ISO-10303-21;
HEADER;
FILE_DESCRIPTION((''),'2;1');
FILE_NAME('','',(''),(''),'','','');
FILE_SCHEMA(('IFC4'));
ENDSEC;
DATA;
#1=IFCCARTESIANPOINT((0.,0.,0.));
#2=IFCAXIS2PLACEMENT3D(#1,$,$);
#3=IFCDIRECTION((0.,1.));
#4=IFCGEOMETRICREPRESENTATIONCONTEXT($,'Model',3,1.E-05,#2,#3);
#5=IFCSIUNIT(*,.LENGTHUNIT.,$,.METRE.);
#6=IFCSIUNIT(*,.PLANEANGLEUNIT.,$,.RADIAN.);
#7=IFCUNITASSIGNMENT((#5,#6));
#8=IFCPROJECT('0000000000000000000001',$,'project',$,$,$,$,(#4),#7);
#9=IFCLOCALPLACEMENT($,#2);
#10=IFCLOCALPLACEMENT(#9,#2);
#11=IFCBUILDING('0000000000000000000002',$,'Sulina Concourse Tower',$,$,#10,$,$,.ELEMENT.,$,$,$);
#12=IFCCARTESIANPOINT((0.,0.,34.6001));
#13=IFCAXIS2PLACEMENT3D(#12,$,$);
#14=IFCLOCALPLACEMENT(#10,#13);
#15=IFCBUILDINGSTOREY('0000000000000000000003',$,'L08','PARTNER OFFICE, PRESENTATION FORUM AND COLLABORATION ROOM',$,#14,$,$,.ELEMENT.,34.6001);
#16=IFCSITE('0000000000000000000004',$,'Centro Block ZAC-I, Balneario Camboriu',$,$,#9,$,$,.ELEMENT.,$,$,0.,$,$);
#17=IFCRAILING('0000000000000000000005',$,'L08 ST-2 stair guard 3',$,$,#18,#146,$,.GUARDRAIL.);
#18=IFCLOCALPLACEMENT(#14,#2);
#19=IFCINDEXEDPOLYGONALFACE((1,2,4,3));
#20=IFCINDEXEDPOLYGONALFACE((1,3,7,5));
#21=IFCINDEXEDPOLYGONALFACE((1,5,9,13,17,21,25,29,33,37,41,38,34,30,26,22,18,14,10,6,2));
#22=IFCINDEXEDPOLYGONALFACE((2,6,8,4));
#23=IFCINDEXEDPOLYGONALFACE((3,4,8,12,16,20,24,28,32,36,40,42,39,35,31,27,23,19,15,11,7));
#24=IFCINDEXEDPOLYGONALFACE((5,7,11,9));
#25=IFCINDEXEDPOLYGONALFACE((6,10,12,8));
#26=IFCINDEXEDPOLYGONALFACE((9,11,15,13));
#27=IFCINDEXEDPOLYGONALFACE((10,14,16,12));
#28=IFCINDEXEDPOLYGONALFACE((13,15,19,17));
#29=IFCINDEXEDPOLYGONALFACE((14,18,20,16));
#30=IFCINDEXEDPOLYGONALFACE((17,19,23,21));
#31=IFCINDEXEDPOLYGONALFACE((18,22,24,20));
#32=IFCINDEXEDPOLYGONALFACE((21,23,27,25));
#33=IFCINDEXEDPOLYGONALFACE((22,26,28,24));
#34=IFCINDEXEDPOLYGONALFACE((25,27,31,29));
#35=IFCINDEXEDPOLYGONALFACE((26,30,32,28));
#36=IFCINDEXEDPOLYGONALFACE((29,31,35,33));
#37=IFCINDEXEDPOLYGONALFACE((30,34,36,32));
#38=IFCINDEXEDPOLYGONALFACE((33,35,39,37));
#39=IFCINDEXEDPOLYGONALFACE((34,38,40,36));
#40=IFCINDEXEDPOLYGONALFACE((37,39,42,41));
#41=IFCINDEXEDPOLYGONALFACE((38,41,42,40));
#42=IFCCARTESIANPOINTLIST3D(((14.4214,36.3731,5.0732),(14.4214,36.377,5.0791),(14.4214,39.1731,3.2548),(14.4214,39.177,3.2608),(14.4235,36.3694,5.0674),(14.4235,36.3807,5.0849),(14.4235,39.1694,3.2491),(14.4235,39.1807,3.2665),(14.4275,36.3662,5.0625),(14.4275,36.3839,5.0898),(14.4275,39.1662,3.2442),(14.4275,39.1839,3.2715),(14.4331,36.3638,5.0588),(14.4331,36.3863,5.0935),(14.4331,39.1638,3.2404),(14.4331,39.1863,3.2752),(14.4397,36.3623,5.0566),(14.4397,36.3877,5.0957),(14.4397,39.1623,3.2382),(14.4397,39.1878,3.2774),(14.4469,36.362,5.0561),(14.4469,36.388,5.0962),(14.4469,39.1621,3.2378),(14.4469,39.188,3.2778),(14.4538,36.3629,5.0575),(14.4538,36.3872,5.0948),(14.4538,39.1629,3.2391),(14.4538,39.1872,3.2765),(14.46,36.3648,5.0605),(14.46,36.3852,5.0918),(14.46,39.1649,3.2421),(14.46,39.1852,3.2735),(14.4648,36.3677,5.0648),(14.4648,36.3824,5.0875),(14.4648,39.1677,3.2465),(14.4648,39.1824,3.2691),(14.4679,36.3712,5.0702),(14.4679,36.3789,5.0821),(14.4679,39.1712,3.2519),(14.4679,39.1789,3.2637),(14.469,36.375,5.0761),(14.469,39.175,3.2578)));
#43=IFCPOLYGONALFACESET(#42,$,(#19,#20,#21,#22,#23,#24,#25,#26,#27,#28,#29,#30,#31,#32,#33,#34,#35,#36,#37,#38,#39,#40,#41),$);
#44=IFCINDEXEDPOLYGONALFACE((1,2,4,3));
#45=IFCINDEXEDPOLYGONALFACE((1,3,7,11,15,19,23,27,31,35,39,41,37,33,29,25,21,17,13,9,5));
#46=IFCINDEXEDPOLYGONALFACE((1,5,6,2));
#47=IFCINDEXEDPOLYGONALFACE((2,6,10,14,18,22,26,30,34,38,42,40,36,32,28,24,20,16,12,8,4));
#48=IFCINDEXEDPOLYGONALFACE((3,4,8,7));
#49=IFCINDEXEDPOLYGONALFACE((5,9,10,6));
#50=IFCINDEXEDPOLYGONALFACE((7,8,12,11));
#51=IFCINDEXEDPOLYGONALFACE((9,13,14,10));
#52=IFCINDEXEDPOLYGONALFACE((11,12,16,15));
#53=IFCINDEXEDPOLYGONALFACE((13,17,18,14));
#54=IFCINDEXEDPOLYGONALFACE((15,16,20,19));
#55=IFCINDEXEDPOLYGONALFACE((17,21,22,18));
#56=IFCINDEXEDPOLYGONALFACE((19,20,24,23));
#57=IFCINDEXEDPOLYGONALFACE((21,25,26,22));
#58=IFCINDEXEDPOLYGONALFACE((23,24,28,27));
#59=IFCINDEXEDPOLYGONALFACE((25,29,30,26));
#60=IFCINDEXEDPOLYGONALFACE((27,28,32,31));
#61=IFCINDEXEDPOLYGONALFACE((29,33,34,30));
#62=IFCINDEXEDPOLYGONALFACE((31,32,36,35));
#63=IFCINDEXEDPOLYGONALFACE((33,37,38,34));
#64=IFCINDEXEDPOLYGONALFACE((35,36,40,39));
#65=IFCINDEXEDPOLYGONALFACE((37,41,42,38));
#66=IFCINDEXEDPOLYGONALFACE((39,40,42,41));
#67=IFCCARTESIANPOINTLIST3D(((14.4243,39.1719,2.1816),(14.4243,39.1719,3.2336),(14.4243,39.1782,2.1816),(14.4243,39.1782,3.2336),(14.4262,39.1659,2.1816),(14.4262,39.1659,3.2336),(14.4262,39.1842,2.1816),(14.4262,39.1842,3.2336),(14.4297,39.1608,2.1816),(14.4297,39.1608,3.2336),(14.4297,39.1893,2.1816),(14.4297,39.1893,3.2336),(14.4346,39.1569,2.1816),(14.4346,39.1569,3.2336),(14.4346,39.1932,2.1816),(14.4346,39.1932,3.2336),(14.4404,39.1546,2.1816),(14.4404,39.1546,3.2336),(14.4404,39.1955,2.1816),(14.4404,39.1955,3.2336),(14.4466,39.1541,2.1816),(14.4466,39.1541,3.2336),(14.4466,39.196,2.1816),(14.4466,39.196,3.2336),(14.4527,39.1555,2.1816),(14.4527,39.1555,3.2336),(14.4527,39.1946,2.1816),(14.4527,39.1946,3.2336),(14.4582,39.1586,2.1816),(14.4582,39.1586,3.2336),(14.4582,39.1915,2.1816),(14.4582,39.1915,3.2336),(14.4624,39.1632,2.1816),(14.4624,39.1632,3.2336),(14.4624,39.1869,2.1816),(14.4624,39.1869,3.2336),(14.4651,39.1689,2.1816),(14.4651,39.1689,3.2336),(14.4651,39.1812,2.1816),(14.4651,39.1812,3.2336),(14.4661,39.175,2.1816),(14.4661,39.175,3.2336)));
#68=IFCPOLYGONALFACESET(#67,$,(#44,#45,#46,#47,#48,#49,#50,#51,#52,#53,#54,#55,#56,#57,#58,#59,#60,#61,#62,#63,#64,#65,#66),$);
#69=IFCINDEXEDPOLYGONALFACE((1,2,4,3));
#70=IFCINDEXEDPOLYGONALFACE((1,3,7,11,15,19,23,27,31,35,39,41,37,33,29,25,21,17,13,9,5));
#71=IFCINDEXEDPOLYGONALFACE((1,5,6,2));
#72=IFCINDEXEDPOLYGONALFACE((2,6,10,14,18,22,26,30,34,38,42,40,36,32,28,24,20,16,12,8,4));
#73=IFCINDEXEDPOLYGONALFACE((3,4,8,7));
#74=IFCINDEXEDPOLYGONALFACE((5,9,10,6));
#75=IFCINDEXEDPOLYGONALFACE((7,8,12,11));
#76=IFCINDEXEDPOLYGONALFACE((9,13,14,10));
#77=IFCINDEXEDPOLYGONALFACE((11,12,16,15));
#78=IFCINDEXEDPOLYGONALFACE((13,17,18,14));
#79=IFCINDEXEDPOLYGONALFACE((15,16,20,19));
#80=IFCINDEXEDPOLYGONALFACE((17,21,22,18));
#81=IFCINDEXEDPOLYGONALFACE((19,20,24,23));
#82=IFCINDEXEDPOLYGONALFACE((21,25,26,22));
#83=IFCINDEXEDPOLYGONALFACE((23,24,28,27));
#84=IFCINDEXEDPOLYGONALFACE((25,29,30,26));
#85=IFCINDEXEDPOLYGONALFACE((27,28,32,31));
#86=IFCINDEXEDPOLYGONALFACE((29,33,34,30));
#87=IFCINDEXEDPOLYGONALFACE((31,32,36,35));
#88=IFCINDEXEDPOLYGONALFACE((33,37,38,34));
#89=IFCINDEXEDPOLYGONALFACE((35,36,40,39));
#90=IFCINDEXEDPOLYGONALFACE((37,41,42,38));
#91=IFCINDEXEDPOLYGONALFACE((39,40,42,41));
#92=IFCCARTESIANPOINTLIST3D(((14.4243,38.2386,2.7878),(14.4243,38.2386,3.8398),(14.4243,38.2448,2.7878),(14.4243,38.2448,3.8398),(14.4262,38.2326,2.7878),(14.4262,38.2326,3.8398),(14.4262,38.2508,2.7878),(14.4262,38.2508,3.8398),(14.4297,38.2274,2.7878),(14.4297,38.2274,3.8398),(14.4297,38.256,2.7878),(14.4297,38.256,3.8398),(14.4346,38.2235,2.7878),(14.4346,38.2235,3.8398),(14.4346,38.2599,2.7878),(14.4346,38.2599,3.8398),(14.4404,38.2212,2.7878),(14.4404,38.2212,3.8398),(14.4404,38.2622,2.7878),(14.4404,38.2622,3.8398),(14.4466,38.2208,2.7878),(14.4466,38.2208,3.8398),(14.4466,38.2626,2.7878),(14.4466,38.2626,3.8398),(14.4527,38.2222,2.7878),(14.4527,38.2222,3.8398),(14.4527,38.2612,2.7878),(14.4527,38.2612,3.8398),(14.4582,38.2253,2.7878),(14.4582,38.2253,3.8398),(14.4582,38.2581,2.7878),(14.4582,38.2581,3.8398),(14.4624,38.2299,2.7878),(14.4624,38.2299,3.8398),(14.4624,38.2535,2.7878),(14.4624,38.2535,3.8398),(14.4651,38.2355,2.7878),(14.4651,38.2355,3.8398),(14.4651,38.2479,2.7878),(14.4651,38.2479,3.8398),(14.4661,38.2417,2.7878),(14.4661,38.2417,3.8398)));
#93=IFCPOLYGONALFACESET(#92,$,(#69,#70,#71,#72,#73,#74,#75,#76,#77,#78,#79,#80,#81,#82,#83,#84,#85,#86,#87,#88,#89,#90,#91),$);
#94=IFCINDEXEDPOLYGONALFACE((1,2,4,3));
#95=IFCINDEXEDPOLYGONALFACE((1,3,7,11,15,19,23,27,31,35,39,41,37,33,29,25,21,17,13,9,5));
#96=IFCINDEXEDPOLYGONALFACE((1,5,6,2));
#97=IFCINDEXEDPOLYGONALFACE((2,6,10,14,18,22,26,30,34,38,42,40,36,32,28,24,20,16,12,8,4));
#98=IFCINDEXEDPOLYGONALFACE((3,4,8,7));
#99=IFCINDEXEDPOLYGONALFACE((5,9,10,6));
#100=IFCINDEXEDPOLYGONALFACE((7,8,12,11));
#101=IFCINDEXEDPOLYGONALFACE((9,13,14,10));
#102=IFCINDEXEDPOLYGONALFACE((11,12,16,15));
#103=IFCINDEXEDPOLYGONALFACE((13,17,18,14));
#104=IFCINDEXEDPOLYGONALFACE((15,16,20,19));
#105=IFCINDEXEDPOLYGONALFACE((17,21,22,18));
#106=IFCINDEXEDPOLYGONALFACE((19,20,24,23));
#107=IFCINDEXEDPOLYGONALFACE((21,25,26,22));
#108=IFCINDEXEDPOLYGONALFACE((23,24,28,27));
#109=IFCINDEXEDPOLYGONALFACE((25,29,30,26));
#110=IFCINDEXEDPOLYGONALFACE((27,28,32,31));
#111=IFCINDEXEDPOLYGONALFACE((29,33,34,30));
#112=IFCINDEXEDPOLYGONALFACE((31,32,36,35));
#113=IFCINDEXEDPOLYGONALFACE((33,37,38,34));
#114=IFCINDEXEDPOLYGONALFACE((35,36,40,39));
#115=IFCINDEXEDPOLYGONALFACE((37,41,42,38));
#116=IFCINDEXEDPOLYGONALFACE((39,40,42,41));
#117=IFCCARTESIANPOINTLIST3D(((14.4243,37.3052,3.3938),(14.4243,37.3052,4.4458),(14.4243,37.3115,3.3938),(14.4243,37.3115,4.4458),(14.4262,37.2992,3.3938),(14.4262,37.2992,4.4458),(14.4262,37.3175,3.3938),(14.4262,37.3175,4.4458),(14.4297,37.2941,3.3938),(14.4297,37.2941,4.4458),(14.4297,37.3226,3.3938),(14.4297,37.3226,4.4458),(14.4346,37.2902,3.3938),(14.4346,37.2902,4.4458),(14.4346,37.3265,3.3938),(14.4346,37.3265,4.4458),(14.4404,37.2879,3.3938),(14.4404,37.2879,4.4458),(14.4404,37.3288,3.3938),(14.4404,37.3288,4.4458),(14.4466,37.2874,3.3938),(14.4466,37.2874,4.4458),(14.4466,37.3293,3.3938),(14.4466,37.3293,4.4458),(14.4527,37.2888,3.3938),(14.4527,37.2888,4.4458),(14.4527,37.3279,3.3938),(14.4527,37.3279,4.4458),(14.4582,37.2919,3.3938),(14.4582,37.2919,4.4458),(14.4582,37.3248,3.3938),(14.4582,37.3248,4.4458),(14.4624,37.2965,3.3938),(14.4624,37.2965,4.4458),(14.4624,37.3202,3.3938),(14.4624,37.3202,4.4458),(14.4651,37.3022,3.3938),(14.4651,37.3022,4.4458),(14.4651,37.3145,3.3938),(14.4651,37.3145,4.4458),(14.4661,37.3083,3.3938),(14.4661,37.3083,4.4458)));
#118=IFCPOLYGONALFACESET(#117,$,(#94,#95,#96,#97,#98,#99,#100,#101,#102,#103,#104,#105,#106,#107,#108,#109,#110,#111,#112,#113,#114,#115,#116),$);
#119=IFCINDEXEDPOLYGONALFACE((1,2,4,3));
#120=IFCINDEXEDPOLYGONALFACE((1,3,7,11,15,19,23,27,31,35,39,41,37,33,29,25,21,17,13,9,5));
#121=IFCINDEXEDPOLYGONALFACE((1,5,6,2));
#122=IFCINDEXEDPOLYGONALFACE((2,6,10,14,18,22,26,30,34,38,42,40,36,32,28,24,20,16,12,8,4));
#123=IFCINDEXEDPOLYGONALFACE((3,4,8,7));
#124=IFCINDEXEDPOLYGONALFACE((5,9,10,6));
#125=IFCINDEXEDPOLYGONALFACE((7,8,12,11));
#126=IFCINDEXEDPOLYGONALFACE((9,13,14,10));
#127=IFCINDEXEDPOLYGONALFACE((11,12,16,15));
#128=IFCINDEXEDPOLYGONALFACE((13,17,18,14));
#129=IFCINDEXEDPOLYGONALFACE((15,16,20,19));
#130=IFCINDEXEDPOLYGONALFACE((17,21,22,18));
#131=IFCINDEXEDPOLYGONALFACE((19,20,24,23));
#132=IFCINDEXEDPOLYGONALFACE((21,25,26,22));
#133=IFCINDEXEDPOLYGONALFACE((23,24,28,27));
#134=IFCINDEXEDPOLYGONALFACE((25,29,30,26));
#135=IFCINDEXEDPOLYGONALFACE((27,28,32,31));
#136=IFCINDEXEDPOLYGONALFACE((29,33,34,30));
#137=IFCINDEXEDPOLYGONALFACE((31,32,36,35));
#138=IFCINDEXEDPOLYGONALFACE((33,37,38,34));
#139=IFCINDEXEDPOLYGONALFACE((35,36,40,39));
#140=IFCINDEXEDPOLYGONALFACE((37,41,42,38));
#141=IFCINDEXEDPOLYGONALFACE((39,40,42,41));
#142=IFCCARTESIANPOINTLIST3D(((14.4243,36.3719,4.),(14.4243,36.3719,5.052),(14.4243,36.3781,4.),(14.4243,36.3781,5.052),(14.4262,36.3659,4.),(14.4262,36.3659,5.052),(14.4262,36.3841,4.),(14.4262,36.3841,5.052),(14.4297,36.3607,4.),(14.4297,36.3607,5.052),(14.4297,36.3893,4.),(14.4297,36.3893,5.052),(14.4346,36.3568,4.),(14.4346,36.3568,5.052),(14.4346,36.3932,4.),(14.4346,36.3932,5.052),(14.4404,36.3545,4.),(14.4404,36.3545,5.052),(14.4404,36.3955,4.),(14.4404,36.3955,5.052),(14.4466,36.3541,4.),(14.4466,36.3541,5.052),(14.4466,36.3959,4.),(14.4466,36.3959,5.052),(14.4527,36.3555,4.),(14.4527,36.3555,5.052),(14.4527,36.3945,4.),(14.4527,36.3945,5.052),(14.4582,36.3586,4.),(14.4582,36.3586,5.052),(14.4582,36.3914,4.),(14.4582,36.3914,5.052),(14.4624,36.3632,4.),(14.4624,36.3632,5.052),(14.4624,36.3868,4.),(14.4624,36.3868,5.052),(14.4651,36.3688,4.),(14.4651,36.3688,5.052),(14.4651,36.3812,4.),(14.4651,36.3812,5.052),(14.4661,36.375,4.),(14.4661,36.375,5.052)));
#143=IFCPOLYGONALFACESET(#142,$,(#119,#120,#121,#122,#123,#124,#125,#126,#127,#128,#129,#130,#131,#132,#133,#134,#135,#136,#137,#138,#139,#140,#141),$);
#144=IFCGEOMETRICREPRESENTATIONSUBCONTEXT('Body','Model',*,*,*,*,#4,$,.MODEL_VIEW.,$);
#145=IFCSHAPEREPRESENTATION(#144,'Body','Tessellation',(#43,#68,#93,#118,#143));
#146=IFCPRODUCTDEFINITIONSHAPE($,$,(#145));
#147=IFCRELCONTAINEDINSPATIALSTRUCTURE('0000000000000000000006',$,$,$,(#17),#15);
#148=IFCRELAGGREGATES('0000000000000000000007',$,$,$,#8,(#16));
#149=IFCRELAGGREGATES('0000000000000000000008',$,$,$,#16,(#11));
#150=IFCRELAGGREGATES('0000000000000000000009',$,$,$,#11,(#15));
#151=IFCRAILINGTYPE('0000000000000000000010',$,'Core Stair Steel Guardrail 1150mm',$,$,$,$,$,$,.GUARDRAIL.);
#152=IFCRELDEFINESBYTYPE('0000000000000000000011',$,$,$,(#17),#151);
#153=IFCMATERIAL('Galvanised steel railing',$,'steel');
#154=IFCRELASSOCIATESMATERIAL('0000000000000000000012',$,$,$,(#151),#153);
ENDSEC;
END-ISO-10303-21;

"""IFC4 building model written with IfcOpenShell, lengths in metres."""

from ifc_helpers import new_model, si_unit, direction, frame, origin, origin_2d, place, context, subcontext, project, spatial, circle, extrude, material, type_object, element, save


model = new_model("IFC4")

# Units and contexts
model_context = context("Model", 3, precision=1e-05, world=origin(), true_north=direction((0.0, 1.0)))
body_context = subcontext(model_context, "Body", "Model", "MODEL_VIEW")
ifc_project = project(units=[si_unit("LENGTHUNIT", "METRE"), si_unit("PLANEANGLEUNIT", "RADIAN")], contexts=[model_context])

# Site, building, storey
site_placement = place(None, origin())
site = spatial("IfcSite", under=ifc_project, at=site_placement, Name="Centro Block ZAC-I, Balneario Camboriu", CompositionType="ELEMENT", RefElevation=0.0)
building_placement = place(site_placement, origin())
building = spatial("IfcBuilding", under=site, at=building_placement, Name="Sulina Concourse Tower", CompositionType="ELEMENT")
storey_placement = place(building_placement, frame((0.0, 0.0, 34.6001)))
storey = spatial("IfcBuildingStorey", under=building, at=storey_placement, Name="L08", Description="PARTNER OFFICE, PRESENTATION FORUM AND COLLABORATION ROOM", CompositionType="ELEMENT", Elevation=34.6001)

# Railing
ifc_material_1 = material(Name="Galvanised steel railing", Category="steel")
railing_type_1 = type_object("IfcRailingType", Name="Core Stair Steel Guardrail 1150mm", PredefinedType="GUARDRAIL", material=ifc_material_1)
railing_1_placement = place(storey_placement, frame((14.4451, 39.175, 2.1816)))
element("IfcRailing", 1, at=railing_1_placement, inside=storey, type_object=railing_type_1, Name="L08 ST-2 stair guard 3", PredefinedType="GUARDRAIL", context=body_context, shape_type="SweptSolid", body=[
    extrude(circle(Radius=0.0239, at=origin_2d()), frame((0.0, 0.0, 1.0762), z_axis=(0.0, -0.838672, 0.544636), x_axis=(1.0, 0.0, 0.0)), (0.0, 0.0, 1.0), 3.3386),
    extrude(circle(Radius=0.021, at=origin_2d()), origin(), (0.0, 0.0, 1.0), 1.052),
    extrude(circle(Radius=0.021, at=origin_2d()), frame((0.0, -0.9333, 0.6062)), (0.0, 0.0, 1.0), 1.052),
    extrude(circle(Radius=0.021, at=origin_2d()), frame((0.0, -1.8667, 1.2122)), (0.0, 0.0, 1.0), 1.052),
    extrude(circle(Radius=0.021, at=origin_2d()), frame((0.0, -2.8, 1.8184)), (0.0, 0.0, 1.0), 1.052),
])

save(model, "model.ifc")
